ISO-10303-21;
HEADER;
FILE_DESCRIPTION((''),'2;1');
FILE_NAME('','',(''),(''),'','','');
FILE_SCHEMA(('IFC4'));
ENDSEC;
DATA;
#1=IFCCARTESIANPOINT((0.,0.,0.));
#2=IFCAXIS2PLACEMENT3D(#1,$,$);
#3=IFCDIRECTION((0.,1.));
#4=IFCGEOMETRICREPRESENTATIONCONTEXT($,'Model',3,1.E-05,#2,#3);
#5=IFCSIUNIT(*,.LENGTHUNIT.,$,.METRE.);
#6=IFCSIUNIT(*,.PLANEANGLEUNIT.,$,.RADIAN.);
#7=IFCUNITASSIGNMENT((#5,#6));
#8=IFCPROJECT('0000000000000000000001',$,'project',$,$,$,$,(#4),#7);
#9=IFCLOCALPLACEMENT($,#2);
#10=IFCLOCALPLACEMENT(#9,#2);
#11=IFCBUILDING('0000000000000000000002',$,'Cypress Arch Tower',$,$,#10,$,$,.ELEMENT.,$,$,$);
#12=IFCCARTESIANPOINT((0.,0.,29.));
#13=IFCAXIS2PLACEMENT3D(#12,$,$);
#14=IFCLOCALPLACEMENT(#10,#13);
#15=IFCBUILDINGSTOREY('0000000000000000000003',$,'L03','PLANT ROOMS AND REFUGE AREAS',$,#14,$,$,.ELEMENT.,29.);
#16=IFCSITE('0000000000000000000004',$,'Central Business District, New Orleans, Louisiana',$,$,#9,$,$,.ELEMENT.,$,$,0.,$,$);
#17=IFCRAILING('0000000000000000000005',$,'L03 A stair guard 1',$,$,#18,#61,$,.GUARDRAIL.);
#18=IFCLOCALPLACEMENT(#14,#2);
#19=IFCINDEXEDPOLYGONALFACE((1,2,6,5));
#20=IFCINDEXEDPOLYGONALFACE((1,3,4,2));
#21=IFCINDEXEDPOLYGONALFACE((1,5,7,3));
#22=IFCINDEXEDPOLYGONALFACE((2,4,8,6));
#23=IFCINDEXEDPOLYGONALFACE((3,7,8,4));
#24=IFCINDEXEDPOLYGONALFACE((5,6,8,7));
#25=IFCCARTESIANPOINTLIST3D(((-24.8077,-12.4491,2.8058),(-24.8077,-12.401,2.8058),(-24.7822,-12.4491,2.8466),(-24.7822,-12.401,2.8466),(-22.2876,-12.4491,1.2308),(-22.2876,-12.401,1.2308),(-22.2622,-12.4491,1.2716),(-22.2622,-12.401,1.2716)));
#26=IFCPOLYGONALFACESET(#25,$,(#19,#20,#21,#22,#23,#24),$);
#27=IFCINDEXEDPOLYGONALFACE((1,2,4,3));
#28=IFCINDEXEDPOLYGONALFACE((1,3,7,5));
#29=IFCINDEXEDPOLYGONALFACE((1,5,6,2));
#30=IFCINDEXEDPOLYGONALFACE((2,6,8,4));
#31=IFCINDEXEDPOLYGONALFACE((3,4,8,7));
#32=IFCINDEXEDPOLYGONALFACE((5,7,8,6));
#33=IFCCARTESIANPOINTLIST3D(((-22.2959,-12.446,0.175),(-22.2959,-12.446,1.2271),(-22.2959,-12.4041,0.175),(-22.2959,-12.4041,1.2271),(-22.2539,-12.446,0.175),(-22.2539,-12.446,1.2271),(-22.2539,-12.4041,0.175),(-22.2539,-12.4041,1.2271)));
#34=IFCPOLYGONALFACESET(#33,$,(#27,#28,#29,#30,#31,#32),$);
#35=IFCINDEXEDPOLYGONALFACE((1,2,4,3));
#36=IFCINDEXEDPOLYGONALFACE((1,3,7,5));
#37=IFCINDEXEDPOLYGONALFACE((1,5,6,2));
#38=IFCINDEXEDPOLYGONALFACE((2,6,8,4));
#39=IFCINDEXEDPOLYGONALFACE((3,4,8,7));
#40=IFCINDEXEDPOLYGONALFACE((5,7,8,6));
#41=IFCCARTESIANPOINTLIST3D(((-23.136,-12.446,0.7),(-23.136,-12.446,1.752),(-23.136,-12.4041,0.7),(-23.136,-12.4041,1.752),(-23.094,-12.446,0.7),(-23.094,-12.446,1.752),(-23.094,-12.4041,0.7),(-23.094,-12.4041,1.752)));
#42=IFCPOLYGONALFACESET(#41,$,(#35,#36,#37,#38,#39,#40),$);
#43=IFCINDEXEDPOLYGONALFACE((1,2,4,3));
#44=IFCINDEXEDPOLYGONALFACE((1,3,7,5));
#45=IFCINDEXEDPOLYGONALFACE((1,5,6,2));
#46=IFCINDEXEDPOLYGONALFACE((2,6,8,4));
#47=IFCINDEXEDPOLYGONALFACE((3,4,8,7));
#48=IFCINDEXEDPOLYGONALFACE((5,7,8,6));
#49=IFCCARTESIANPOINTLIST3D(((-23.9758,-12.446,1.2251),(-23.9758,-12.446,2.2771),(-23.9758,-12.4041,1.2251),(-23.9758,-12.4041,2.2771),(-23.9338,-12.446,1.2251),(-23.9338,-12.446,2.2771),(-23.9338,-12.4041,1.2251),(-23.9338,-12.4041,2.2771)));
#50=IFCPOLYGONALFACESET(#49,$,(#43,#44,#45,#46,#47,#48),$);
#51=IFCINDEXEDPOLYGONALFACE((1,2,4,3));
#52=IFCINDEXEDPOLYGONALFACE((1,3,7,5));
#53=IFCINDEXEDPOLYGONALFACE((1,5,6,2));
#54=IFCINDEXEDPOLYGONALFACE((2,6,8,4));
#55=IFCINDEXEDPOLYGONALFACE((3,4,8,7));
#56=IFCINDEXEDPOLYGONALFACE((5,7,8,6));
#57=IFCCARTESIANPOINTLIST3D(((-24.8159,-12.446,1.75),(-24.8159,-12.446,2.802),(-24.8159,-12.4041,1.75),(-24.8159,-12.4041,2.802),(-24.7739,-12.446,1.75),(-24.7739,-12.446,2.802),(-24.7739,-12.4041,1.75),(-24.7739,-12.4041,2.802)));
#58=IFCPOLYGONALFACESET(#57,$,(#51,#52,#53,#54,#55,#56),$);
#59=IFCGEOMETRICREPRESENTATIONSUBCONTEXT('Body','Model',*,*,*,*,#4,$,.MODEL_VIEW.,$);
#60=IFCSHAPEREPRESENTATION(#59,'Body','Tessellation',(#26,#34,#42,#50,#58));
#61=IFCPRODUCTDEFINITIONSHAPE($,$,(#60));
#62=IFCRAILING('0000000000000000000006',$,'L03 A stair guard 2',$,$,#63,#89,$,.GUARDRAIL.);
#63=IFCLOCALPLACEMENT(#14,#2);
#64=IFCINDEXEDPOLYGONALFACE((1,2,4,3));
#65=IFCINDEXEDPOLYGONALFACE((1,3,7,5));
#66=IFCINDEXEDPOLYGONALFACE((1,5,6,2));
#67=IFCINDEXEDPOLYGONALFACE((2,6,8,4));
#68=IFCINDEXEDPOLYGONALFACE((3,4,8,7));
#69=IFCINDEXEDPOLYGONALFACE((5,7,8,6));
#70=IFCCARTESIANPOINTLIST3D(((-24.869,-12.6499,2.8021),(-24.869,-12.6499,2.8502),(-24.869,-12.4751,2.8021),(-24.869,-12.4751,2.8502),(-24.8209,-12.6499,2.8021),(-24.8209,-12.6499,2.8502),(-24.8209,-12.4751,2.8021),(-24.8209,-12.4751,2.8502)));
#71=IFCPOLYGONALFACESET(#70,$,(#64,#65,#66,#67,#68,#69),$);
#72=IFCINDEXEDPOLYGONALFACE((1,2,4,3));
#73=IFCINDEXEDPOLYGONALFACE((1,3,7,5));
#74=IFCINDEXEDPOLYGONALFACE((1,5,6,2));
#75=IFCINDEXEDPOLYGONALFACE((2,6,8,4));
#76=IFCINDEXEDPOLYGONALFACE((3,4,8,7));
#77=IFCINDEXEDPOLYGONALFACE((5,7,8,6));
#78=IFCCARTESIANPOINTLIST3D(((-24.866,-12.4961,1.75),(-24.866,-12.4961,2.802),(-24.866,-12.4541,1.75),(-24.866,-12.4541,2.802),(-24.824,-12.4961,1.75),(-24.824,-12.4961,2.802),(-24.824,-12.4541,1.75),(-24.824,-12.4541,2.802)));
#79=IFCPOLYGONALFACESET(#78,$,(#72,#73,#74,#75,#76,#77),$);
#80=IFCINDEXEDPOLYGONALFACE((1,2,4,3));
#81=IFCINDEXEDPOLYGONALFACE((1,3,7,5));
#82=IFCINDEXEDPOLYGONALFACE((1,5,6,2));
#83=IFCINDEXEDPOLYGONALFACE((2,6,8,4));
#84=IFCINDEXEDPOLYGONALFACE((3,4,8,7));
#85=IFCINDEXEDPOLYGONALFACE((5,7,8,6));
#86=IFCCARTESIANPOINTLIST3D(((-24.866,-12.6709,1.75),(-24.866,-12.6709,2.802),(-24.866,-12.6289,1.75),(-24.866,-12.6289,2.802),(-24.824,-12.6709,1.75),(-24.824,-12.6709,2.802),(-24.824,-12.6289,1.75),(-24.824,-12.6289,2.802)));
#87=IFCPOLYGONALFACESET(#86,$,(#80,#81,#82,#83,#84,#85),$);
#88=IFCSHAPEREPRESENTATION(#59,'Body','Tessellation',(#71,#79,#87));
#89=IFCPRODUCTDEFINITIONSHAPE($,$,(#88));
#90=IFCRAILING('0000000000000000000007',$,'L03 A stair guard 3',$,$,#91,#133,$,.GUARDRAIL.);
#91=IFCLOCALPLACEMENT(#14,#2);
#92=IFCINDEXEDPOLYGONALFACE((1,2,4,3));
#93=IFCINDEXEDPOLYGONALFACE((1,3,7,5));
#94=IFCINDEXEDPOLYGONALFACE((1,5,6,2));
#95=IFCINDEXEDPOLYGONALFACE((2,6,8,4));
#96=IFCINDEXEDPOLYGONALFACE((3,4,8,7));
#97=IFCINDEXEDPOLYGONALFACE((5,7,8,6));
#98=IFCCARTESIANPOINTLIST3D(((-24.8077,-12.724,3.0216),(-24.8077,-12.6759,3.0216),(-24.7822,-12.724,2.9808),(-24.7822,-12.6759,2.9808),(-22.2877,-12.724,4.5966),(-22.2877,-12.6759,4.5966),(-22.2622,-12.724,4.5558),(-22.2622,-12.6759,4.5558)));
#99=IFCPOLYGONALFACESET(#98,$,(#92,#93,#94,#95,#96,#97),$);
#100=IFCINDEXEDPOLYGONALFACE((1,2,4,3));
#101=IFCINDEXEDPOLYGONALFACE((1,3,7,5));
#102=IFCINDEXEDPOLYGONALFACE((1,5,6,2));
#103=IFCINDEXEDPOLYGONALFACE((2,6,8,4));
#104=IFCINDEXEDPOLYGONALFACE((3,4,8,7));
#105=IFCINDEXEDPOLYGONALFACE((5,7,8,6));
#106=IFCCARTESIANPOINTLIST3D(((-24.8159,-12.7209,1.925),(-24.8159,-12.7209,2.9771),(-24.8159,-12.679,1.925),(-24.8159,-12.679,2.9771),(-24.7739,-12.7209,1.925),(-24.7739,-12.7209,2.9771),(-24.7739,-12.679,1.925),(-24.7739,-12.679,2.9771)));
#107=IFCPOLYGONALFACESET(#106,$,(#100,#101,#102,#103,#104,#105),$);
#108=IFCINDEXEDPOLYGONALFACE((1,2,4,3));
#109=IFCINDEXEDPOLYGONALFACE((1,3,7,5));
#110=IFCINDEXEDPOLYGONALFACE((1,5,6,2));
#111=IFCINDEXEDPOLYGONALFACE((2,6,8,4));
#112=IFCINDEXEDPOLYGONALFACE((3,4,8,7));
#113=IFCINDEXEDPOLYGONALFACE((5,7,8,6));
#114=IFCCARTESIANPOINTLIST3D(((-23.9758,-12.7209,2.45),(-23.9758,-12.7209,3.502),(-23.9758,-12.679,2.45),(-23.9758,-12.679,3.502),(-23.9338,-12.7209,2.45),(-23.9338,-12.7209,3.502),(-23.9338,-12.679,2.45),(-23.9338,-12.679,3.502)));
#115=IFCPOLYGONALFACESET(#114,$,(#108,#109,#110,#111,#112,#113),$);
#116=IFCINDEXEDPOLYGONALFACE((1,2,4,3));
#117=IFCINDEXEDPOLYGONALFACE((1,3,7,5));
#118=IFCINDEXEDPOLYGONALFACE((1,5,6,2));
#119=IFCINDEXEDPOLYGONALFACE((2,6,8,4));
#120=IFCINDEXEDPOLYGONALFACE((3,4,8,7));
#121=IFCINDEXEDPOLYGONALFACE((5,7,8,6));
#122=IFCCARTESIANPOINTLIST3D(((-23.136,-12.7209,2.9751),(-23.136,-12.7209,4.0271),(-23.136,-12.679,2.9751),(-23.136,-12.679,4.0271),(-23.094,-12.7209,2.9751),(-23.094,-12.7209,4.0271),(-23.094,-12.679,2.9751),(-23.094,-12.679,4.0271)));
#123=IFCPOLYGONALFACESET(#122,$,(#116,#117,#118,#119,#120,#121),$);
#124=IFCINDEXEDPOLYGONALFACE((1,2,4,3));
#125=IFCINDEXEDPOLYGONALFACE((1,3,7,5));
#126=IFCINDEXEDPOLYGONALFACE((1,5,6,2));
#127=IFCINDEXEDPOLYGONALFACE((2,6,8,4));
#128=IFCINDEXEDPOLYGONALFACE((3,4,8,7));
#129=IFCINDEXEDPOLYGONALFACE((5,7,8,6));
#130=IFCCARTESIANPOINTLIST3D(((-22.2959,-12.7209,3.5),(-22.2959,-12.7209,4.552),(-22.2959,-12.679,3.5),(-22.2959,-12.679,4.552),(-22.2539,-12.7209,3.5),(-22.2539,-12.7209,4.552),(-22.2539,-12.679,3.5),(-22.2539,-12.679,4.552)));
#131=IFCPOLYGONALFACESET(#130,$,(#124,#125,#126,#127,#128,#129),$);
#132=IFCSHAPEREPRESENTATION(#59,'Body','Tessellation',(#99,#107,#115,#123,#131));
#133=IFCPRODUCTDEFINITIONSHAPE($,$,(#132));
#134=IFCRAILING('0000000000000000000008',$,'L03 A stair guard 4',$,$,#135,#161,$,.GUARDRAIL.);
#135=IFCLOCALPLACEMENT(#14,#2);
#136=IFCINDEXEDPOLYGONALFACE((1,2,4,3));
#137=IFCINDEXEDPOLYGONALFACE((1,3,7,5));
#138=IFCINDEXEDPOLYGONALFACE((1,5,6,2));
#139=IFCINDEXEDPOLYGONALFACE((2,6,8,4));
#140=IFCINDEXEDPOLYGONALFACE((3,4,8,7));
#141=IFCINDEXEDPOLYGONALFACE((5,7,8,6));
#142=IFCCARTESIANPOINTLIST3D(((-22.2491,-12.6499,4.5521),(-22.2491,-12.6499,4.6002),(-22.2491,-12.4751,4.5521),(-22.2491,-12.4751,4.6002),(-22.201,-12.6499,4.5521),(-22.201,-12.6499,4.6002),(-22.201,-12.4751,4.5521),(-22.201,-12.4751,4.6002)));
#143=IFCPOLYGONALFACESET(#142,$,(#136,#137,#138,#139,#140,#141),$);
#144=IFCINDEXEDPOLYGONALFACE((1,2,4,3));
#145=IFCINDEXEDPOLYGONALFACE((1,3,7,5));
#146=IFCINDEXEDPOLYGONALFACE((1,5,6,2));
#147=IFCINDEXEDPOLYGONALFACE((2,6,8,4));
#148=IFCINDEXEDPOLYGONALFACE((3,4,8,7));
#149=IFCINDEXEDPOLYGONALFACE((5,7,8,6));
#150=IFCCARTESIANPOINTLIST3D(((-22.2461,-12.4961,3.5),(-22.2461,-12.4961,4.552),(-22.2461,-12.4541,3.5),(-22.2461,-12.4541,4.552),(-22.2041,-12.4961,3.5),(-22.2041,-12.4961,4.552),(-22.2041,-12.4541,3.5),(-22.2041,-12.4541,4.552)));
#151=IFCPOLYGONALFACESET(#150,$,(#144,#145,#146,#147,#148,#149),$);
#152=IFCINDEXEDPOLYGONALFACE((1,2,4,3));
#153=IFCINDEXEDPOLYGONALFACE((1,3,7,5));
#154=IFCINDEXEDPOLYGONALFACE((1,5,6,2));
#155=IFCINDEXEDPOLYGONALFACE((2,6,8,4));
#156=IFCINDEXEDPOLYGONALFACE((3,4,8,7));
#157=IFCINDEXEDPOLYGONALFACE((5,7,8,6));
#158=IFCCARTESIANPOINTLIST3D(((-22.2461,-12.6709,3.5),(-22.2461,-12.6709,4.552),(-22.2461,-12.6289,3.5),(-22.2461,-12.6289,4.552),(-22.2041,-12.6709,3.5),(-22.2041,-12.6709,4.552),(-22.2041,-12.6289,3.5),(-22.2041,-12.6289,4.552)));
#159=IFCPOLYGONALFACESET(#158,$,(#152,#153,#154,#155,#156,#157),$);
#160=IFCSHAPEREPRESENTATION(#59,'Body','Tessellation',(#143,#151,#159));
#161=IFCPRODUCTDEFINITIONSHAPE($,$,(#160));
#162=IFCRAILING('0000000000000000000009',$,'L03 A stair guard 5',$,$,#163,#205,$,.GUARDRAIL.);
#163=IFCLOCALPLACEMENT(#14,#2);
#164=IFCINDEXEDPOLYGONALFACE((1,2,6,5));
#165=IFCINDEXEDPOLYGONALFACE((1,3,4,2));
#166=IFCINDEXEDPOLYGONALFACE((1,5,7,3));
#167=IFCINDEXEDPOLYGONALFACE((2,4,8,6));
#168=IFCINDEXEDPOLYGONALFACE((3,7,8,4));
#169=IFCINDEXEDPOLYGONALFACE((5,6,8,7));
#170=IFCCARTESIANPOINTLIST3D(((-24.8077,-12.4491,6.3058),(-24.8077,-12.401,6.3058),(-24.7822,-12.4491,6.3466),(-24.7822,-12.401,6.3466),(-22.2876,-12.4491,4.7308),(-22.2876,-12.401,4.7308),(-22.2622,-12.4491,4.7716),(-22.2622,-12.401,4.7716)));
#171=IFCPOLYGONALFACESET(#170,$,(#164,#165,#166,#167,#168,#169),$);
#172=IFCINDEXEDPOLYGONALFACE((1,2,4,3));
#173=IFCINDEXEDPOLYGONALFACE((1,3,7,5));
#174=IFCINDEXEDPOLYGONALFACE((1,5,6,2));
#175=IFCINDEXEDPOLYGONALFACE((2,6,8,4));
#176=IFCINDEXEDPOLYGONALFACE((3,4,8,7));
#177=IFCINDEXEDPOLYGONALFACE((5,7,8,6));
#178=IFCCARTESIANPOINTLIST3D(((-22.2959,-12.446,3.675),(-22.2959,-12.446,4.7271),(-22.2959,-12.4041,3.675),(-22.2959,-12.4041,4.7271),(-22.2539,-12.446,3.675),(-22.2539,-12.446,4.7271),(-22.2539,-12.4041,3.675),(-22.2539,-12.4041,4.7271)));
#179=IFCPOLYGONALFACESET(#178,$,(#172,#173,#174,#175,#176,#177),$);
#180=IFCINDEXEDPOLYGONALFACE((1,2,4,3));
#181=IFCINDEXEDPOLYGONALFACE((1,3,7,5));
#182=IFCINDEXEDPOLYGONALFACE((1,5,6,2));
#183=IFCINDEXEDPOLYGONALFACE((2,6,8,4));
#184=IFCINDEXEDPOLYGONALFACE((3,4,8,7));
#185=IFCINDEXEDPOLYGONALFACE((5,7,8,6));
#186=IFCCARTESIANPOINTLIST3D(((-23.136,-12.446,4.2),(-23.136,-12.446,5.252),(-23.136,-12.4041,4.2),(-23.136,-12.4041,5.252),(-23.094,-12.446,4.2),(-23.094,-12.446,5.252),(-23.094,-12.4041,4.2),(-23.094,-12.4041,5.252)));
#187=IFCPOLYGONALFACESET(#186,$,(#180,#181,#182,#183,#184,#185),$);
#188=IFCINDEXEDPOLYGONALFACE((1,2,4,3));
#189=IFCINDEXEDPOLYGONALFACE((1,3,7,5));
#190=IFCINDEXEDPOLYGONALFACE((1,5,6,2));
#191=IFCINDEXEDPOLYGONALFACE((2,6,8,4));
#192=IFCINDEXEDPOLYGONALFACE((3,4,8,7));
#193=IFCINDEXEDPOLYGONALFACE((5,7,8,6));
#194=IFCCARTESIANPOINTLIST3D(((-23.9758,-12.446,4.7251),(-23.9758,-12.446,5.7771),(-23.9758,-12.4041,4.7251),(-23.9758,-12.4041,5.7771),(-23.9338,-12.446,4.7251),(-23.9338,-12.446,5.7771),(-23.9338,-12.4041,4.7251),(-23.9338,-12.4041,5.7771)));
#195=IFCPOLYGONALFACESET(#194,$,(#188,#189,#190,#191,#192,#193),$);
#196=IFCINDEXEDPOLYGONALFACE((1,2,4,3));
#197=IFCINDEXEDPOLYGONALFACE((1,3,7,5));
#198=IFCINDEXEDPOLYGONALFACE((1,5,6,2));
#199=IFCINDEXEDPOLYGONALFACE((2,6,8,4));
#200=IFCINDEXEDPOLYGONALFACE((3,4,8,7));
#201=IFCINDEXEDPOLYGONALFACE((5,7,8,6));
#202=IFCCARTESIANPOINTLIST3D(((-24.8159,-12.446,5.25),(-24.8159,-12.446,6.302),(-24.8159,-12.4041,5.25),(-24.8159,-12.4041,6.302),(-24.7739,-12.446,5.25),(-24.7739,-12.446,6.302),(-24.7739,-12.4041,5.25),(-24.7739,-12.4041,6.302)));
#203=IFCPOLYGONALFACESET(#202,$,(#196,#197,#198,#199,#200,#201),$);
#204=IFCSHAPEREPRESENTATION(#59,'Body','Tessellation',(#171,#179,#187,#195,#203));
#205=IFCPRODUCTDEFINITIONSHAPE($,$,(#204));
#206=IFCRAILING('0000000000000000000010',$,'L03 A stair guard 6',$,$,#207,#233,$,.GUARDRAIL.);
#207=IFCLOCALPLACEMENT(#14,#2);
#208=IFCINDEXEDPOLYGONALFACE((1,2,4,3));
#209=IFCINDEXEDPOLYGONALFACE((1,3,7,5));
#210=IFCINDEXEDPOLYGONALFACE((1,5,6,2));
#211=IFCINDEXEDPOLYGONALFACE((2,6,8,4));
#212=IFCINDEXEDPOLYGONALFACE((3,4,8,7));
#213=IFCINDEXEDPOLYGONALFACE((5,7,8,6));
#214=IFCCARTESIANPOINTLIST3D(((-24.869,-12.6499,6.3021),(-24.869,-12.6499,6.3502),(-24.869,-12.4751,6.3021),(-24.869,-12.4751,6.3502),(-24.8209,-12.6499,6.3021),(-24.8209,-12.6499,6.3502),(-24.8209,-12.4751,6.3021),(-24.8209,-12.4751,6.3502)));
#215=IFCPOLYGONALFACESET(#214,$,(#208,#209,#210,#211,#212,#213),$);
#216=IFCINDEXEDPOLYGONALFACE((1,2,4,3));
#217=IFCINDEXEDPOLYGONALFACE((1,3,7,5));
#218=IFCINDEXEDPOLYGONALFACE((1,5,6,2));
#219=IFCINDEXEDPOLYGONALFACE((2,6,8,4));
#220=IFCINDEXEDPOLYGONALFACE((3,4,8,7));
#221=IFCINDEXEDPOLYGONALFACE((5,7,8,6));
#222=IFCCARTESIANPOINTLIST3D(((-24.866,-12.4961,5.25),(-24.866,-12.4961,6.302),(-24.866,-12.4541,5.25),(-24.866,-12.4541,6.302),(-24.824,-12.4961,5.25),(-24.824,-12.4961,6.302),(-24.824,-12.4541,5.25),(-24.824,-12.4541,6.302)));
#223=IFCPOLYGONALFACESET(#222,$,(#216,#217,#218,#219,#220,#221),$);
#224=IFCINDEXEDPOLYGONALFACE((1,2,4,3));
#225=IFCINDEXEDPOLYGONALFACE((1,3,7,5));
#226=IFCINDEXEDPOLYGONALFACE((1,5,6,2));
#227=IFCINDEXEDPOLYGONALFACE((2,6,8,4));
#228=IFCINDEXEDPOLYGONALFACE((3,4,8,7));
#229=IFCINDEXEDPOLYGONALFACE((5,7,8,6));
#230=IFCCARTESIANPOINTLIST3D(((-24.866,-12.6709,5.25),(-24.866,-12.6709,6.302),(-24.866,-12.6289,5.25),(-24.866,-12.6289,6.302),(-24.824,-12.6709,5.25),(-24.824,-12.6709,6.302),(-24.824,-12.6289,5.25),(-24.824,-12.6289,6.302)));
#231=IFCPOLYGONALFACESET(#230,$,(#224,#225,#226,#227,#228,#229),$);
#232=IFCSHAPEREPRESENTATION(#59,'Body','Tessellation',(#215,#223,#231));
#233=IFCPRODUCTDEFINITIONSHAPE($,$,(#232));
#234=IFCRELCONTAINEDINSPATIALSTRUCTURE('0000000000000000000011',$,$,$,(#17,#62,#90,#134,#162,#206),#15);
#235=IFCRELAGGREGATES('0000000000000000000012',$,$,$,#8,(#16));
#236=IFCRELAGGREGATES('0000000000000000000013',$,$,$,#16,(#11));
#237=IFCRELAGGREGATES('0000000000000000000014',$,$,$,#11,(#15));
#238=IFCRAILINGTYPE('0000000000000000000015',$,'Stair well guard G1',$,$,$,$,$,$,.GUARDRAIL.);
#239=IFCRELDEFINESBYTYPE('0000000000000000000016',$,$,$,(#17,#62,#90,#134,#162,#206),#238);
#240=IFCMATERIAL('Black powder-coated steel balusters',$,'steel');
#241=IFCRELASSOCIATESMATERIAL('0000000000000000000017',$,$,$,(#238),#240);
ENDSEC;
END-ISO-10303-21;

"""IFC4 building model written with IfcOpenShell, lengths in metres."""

from ifc_helpers import new_model, si_unit, direction, frame, origin, origin_2d, place, context, subcontext, project, spatial, rectangle, extrude, material, type_object, element, save


model = new_model("IFC4")

# Units and contexts
model_context = context("Model", 3, precision=1e-05, world=origin(), true_north=direction((0.0, 1.0)))
body_context = subcontext(model_context, "Body", "Model", "MODEL_VIEW")
ifc_project = project(units=[si_unit("LENGTHUNIT", "METRE"), si_unit("PLANEANGLEUNIT", "RADIAN")], contexts=[model_context])

# Site, building, storey
site_placement = place(None, origin())
site = spatial("IfcSite", under=ifc_project, at=site_placement, Name="Central Business District, New Orleans, Louisiana", CompositionType="ELEMENT", RefElevation=0.0)
building_placement = place(site_placement, origin())
building = spatial("IfcBuilding", under=site, at=building_placement, Name="Cypress Arch Tower", CompositionType="ELEMENT")
storey_placement = place(building_placement, frame((0.0, 0.0, 29.0)))
storey = spatial("IfcBuildingStorey", under=building, at=storey_placement, Name="L03", Description="PLANT ROOMS AND REFUGE AREAS", CompositionType="ELEMENT", Elevation=29.0)

# Railings
ifc_material_1 = material(Name="Black powder-coated steel balusters", Category="steel")
railing_type_1 = type_object("IfcRailingType", Name="Stair well guard G1", PredefinedType="GUARDRAIL", material=ifc_material_1)
railing_1_placement = place(storey_placement, frame((-22.2749, -12.425, 0.175)))
element("IfcRailing", 1, at=railing_1_placement, inside=storey, type_object=railing_type_1, Name="L03 A stair guard 1", PredefinedType="GUARDRAIL", context=body_context, shape_type="SweptSolid", body=[
    extrude(rectangle(XDim=0.0481, YDim=0.0481, at=origin_2d()), frame((0.0, 0.0, 1.0762), z_axis=(-0.848008, 0.0, 0.529984), x_axis=(0.0, -1.0, 0.0)), (0.0, 0.0, 1.0), 2.9717),
    extrude(rectangle(XDim=0.042, YDim=0.042, at=origin_2d()), origin(), (0.0, 0.0, 1.0), 1.052),
    extrude(rectangle(XDim=0.042, YDim=0.042, at=origin_2d()), frame((-0.8401, 0.0, 0.5249)), (0.0, 0.0, 1.0), 1.052),
    extrude(rectangle(XDim=0.042, YDim=0.042, at=origin_2d()), frame((-1.6799, 0.0, 1.05)), (0.0, 0.0, 1.0), 1.052),
    extrude(rectangle(XDim=0.042, YDim=0.042, at=origin_2d()), frame((-2.52, 0.0, 1.575)), (0.0, 0.0, 1.0), 1.052),
])
railing_2_placement = place(storey_placement, frame((-24.845, -12.4751, 1.75)))
element("IfcRailing", 2, at=railing_2_placement, inside=storey, type_object=railing_type_1, Name="L03 A stair guard 2", PredefinedType="GUARDRAIL", context=body_context, shape_type="SweptSolid", body=[
    extrude(rectangle(XDim=0.0481, YDim=0.0481, at=origin_2d()), frame((0.0, 0.0, 1.0762), z_axis=(0.0, -1.0, 0.0), x_axis=(1.0, 0.0, 0.0)), (0.0, 0.0, 1.0), 0.1748),
    extrude(rectangle(XDim=0.042, YDim=0.042, at=origin_2d()), origin(), (0.0, 0.0, 1.0), 1.052),
    extrude(rectangle(XDim=0.042, YDim=0.042, at=origin_2d()), frame((0.0, -0.1748, 0.0)), (0.0, 0.0, 1.0), 1.052),
])
railing_3_placement = place(storey_placement, frame((-24.7949, -12.7, 1.925)))
element("IfcRailing", 3, at=railing_3_placement, inside=storey, type_object=railing_type_1, Name="L03 A stair guard 3", PredefinedType="GUARDRAIL", context=body_context, shape_type="SweptSolid", body=[
    extrude(rectangle(XDim=0.0481, YDim=0.0481, at=origin_2d()), frame((0.0, 0.0, 1.0762), z_axis=(0.848008, 0.0, 0.529984), x_axis=(0.0, 1.0, 0.0)), (0.0, 0.0, 1.0), 2.9717),
    extrude(rectangle(XDim=0.042, YDim=0.042, at=origin_2d()), origin(), (0.0, 0.0, 1.0), 1.052),
    extrude(rectangle(XDim=0.042, YDim=0.042, at=origin_2d()), frame((0.8401, 0.0, 0.5249)), (0.0, 0.0, 1.0), 1.052),
    extrude(rectangle(XDim=0.042, YDim=0.042, at=origin_2d()), frame((1.6799, 0.0, 1.05)), (0.0, 0.0, 1.0), 1.052),
    extrude(rectangle(XDim=0.042, YDim=0.042, at=origin_2d()), frame((2.52, 0.0, 1.575)), (0.0, 0.0, 1.0), 1.052),
])
railing_4_placement = place(storey_placement, frame((-22.2251, -12.4751, 3.5)))
element("IfcRailing", 4, at=railing_4_placement, inside=storey, type_object=railing_type_1, Name="L03 A stair guard 4", PredefinedType="GUARDRAIL", context=body_context, shape_type="SweptSolid", body=[
    extrude(rectangle(XDim=0.0481, YDim=0.0481, at=origin_2d()), frame((0.0, 0.0, 1.0762), z_axis=(0.0, -1.0, 0.0), x_axis=(1.0, 0.0, 0.0)), (0.0, 0.0, 1.0), 0.1748),
    extrude(rectangle(XDim=0.042, YDim=0.042, at=origin_2d()), origin(), (0.0, 0.0, 1.0), 1.052),
    extrude(rectangle(XDim=0.042, YDim=0.042, at=origin_2d()), frame((0.0, -0.1748, 0.0)), (0.0, 0.0, 1.0), 1.052),
])
railing_5_placement = place(storey_placement, frame((-22.2749, -12.425, 3.675)))
element("IfcRailing", 5, at=railing_5_placement, inside=storey, type_object=railing_type_1, Name="L03 A stair guard 5", PredefinedType="GUARDRAIL", context=body_context, shape_type="SweptSolid", body=[
    extrude(rectangle(XDim=0.0481, YDim=0.0481, at=origin_2d()), frame((0.0, 0.0, 1.0762), z_axis=(-0.848008, 0.0, 0.529984), x_axis=(0.0, -1.0, 0.0)), (0.0, 0.0, 1.0), 2.9717),
    extrude(rectangle(XDim=0.042, YDim=0.042, at=origin_2d()), origin(), (0.0, 0.0, 1.0), 1.052),
    extrude(rectangle(XDim=0.042, YDim=0.042, at=origin_2d()), frame((-0.8401, 0.0, 0.5249)), (0.0, 0.0, 1.0), 1.052),
    extrude(rectangle(XDim=0.042, YDim=0.042, at=origin_2d()), frame((-1.6799, 0.0, 1.05)), (0.0, 0.0, 1.0), 1.052),
    extrude(rectangle(XDim=0.042, YDim=0.042, at=origin_2d()), frame((-2.52, 0.0, 1.575)), (0.0, 0.0, 1.0), 1.052),
])
railing_6_placement = place(storey_placement, frame((-24.845, -12.4751, 5.25)))
element("IfcRailing", 6, at=railing_6_placement, inside=storey, type_object=railing_type_1, Name="L03 A stair guard 6", PredefinedType="GUARDRAIL", context=body_context, shape_type="SweptSolid", body=[
    extrude(rectangle(XDim=0.0481, YDim=0.0481, at=origin_2d()), frame((0.0, 0.0, 1.0762), z_axis=(0.0, -1.0, 0.0), x_axis=(1.0, 0.0, 0.0)), (0.0, 0.0, 1.0), 0.1748),
    extrude(rectangle(XDim=0.042, YDim=0.042, at=origin_2d()), origin(), (0.0, 0.0, 1.0), 1.052),
    extrude(rectangle(XDim=0.042, YDim=0.042, at=origin_2d()), frame((0.0, -0.1748, 0.0)), (0.0, 0.0, 1.0), 1.052),
])

save(model, "model.ifc")
